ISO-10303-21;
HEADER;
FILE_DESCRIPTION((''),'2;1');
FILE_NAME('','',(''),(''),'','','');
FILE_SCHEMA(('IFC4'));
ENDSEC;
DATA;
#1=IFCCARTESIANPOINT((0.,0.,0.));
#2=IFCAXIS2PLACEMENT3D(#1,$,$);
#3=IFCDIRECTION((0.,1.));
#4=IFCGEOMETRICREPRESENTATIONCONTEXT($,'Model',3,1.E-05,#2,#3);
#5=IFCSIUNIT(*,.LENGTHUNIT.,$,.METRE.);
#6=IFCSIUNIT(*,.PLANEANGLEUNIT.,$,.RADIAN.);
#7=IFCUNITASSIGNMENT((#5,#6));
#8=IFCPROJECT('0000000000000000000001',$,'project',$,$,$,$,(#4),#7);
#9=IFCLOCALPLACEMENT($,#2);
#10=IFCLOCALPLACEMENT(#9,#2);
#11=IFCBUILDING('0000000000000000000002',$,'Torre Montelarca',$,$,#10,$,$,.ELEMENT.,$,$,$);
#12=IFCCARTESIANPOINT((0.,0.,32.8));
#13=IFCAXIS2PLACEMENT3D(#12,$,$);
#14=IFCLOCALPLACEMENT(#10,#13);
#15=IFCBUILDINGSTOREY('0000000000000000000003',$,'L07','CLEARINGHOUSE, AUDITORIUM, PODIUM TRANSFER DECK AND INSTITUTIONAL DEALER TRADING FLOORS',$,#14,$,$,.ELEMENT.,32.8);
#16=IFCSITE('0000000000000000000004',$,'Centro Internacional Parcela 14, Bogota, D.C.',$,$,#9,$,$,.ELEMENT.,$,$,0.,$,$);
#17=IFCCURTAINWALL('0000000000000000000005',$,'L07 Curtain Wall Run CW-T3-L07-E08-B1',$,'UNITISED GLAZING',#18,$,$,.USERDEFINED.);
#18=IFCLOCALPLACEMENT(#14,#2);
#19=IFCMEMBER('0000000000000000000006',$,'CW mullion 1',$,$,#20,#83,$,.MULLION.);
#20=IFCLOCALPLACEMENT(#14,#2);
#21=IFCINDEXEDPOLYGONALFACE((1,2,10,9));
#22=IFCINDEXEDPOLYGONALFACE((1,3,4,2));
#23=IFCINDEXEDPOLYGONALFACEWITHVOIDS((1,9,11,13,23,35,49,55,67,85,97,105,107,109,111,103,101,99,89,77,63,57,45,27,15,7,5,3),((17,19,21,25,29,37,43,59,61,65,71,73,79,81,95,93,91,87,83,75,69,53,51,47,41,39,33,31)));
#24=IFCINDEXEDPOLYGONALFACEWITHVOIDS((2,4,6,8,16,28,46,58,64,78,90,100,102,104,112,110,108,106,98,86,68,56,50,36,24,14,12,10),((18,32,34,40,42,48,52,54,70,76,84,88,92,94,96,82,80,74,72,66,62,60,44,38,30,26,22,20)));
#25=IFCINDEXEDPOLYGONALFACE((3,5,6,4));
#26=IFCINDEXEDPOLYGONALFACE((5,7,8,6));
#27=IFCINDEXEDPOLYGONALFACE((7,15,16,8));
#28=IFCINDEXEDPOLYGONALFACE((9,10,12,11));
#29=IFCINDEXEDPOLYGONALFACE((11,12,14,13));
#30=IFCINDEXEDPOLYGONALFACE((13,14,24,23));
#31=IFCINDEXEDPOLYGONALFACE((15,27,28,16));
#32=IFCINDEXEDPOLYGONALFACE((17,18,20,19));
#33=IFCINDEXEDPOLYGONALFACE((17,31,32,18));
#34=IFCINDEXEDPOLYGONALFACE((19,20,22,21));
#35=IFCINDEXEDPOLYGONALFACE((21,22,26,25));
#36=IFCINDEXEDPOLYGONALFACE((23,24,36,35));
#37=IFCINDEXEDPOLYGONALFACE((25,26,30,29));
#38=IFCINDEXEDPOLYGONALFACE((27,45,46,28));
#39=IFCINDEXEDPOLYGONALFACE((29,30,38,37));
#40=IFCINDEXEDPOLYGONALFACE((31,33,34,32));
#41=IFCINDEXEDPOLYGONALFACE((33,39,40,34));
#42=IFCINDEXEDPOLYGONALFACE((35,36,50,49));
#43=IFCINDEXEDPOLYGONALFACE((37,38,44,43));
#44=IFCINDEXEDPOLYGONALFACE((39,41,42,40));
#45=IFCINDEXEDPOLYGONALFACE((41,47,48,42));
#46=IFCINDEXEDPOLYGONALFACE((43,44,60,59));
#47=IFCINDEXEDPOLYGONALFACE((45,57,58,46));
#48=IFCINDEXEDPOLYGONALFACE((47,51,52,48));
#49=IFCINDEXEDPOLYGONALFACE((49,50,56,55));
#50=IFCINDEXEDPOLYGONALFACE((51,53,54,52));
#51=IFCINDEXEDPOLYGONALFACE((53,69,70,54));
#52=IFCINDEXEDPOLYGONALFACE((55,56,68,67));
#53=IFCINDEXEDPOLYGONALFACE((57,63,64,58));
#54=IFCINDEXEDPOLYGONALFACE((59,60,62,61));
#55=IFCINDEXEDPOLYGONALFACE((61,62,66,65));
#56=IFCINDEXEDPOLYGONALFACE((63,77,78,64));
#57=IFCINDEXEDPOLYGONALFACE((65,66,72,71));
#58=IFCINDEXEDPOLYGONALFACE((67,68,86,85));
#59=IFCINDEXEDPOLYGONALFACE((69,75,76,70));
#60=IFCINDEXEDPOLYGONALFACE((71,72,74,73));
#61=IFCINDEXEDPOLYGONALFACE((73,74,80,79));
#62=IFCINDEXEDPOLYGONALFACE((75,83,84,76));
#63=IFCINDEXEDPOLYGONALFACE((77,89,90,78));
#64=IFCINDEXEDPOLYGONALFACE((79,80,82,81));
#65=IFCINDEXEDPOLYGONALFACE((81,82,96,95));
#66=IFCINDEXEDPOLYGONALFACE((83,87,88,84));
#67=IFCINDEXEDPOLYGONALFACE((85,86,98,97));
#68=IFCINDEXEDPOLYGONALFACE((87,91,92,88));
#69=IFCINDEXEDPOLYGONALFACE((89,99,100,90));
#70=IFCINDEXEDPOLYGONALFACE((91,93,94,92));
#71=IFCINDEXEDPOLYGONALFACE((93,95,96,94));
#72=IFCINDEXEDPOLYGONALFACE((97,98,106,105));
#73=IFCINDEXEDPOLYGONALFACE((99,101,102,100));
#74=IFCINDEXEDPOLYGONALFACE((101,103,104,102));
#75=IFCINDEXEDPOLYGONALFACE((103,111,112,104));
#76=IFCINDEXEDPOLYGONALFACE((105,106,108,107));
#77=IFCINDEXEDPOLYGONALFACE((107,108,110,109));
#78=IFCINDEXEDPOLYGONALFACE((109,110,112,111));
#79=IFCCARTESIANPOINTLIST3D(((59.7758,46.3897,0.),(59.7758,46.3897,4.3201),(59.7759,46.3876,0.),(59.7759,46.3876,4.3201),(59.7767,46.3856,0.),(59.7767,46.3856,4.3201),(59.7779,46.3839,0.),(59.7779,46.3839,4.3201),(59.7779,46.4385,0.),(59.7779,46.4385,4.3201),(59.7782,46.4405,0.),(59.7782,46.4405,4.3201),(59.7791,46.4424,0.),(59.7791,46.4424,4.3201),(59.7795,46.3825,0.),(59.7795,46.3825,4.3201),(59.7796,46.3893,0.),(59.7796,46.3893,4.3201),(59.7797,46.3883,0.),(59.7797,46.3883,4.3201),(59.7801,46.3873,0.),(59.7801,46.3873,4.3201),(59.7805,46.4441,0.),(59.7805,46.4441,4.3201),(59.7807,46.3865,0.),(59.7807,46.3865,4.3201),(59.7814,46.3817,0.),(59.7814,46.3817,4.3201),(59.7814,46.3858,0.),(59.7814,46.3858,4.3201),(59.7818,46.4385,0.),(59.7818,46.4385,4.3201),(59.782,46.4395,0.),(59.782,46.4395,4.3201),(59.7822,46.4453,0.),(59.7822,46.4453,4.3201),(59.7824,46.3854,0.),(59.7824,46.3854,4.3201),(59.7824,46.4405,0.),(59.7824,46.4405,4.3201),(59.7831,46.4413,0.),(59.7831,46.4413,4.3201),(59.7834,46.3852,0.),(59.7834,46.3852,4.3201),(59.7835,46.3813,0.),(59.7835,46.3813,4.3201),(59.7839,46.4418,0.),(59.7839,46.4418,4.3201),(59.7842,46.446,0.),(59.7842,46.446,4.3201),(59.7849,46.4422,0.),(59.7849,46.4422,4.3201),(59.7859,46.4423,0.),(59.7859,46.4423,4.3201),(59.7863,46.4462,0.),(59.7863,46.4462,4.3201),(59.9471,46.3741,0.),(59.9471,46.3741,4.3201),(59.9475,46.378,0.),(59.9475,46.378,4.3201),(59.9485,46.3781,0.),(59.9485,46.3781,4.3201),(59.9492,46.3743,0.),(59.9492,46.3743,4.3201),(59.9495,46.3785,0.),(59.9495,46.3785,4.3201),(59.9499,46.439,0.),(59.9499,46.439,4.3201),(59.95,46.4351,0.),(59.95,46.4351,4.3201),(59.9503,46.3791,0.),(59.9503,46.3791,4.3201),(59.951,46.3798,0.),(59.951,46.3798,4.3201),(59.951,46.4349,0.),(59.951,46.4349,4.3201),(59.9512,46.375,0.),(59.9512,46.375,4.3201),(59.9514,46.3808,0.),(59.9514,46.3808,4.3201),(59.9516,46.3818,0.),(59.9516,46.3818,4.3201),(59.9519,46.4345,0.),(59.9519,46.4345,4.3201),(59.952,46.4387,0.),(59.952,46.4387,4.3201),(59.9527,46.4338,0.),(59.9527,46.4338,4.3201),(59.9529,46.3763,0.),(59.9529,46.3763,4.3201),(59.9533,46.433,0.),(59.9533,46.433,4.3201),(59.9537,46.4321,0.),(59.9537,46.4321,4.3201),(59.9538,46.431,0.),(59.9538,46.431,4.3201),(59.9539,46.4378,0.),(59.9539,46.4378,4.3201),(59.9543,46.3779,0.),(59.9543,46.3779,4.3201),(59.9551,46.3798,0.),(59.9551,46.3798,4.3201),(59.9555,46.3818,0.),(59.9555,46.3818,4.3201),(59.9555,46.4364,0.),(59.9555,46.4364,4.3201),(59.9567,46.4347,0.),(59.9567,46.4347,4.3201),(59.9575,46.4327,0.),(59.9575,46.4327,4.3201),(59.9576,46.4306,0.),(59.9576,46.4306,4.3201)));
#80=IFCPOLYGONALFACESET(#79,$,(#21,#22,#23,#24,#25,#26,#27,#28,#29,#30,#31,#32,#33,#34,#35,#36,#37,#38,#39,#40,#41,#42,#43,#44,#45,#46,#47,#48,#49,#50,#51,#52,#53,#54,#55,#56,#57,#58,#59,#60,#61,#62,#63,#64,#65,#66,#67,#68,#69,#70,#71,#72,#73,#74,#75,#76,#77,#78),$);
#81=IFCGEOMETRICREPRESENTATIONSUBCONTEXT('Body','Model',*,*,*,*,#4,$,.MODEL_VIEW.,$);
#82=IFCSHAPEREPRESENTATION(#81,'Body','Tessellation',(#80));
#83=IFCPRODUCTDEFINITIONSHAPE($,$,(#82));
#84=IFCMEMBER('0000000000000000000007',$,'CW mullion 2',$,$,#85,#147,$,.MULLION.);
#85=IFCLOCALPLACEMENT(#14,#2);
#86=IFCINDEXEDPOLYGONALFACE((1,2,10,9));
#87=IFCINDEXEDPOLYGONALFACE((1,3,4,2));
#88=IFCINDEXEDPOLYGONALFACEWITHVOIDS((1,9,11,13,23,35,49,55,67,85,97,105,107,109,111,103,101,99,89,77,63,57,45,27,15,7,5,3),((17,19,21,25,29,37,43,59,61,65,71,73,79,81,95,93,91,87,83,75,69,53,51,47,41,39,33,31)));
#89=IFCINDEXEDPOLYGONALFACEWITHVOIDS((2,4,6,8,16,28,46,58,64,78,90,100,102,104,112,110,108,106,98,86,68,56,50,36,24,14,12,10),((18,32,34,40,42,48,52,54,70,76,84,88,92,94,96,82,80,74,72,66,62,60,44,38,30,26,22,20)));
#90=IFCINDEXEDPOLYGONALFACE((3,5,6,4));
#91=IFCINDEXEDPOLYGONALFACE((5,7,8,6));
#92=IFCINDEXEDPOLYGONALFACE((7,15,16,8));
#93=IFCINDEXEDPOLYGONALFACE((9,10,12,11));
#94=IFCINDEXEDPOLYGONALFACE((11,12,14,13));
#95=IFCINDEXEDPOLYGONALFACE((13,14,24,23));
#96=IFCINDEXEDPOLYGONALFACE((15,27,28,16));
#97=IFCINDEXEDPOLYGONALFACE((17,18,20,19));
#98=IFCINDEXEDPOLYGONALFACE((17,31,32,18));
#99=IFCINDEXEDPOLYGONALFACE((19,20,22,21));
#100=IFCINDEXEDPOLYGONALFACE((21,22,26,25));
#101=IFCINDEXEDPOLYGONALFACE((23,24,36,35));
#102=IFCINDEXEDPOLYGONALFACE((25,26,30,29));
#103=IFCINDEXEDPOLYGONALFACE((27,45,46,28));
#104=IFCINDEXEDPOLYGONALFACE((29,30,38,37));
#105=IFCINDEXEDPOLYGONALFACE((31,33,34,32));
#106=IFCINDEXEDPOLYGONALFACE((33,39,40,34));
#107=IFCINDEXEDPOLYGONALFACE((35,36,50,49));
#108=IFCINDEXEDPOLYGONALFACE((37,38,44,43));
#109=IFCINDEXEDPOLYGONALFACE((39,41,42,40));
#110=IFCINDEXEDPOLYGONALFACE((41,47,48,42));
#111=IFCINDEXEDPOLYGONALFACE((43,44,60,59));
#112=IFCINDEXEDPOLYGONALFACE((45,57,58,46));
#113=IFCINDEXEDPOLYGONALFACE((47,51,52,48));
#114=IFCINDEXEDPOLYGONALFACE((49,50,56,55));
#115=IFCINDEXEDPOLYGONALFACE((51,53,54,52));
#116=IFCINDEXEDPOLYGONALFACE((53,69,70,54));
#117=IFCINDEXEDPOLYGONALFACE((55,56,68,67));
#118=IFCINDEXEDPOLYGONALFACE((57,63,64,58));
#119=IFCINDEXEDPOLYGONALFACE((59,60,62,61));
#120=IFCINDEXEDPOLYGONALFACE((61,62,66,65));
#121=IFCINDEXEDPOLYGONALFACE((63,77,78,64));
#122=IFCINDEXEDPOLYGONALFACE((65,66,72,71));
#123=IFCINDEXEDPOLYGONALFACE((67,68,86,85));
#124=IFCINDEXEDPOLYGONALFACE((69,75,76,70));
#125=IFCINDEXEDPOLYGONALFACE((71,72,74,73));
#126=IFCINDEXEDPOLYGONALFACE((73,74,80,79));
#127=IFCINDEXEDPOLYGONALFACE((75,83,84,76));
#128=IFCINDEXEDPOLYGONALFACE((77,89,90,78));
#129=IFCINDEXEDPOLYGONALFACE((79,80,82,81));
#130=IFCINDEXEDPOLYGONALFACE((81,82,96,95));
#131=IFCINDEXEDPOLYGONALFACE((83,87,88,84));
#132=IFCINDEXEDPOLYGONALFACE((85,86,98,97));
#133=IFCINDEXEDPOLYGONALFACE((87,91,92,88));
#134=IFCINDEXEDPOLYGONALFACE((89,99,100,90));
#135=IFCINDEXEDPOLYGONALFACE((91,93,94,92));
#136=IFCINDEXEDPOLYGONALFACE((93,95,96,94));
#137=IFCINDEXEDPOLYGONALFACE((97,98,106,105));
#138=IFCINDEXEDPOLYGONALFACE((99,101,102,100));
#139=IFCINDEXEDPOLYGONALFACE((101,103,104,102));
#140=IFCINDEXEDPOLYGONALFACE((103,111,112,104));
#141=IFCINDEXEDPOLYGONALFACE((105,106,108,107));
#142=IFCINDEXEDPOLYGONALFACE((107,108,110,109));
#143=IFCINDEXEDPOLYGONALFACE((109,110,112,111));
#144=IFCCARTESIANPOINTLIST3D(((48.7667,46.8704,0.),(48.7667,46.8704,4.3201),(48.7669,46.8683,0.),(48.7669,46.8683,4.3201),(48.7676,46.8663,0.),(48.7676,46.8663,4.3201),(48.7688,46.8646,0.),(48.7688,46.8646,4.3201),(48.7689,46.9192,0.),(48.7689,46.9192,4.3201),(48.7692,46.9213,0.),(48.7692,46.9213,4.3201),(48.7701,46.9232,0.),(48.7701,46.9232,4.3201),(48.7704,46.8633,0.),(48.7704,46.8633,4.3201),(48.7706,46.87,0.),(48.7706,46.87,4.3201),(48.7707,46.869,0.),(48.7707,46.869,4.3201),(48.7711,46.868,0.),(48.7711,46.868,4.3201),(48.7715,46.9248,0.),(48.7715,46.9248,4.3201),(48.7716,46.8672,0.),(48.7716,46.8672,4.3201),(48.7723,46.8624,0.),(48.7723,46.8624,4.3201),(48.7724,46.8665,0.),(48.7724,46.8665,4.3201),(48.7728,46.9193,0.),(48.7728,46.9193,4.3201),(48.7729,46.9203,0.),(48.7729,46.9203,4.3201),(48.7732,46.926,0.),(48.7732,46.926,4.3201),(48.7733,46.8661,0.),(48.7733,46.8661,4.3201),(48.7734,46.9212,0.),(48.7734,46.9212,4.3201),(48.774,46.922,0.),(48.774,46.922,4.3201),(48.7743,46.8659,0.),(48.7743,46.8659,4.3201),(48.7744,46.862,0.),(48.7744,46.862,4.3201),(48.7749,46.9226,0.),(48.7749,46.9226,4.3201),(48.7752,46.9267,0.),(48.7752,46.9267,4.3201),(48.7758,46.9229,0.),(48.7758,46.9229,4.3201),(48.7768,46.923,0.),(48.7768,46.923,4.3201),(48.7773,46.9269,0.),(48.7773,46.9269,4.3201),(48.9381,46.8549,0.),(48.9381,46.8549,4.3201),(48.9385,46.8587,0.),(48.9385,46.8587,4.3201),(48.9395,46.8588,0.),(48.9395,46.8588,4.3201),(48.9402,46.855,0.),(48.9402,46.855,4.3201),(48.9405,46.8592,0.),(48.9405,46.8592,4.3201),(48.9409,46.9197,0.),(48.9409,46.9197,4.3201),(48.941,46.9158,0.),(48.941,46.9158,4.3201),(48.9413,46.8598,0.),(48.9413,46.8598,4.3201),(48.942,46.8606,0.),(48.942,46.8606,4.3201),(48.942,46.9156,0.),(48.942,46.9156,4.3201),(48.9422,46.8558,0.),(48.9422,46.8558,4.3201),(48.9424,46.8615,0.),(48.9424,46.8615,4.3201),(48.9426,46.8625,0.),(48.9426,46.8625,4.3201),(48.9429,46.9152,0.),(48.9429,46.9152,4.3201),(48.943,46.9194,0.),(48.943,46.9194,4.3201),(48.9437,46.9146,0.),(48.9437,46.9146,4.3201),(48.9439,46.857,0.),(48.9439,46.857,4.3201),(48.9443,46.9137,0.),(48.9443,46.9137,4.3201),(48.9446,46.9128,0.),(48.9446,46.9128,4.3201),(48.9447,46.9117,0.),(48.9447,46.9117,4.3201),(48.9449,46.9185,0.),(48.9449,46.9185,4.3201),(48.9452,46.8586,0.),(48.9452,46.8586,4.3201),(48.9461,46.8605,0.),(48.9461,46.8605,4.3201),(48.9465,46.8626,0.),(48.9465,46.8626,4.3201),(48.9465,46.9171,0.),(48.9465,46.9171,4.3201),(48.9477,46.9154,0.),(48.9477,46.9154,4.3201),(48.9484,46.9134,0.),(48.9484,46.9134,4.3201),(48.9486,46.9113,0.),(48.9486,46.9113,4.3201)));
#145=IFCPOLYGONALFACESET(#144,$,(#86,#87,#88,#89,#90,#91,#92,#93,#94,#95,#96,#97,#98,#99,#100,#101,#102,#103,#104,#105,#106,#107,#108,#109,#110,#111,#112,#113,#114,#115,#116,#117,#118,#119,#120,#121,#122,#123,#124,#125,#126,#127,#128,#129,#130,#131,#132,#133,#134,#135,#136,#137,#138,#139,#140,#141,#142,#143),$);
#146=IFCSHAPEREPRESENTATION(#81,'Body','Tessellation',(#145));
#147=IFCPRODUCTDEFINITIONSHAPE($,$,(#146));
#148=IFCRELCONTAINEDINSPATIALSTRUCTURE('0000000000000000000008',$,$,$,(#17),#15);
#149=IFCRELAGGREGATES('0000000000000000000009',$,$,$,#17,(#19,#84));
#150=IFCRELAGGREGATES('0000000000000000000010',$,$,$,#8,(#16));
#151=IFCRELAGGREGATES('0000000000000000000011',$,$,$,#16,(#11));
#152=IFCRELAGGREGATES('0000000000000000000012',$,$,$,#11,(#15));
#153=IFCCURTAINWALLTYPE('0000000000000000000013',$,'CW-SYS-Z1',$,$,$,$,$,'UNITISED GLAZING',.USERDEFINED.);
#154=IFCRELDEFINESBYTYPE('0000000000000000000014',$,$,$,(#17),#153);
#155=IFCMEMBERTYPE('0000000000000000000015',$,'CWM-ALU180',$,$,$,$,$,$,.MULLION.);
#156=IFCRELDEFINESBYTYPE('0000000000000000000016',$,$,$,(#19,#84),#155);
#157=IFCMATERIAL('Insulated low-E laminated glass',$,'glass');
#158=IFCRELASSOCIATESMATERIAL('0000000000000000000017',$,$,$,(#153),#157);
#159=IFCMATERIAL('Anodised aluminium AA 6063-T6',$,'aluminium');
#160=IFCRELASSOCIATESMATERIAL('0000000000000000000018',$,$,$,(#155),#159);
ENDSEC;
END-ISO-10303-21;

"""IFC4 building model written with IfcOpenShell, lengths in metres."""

from ifc_helpers import new_model, si_unit, direction, frame, origin, origin_2d, place, context, subcontext, project, spatial, hollow_rectangle, extrude, source, transform, mapped, material, material_profile, profile_set, type_object, element, aggregate, save


model = new_model("IFC4")

# Units and contexts
model_context = context("Model", 3, precision=1e-05, world=origin(), true_north=direction((0.0, 1.0)))
body_context = subcontext(model_context, "Body", "Model", "MODEL_VIEW")
ifc_project = project(units=[si_unit("LENGTHUNIT", "METRE"), si_unit("PLANEANGLEUNIT", "RADIAN")], contexts=[model_context])

# Site, building, storey
site_placement = place(None, origin())
site = spatial("IfcSite", under=ifc_project, at=site_placement, Name="Centro Internacional Parcela 14, Bogota, D.C.", CompositionType="ELEMENT", RefElevation=0.0)
building_placement = place(site_placement, origin())
building = spatial("IfcBuilding", under=site, at=building_placement, Name="Torre Montelarca", CompositionType="ELEMENT")
storey_placement = place(building_placement, frame((0.0, 0.0, 32.8)))
storey = spatial("IfcBuildingStorey", under=building, at=storey_placement, Name="L07", Description="CLEARINGHOUSE, AUDITORIUM, PODIUM TRANSFER DECK AND INSTITUTIONAL DEALER TRADING FLOORS", CompositionType="ELEMENT", Elevation=32.8)

# Shared definitions
ifc_material_1 = material(Name="Insulated low-E laminated glass", Category="glass")
curtain_wall_type = type_object("IfcCurtainWallType", Name="CW-SYS-Z1", ElementType="UNITISED GLAZING", PredefinedType="USERDEFINED", material=ifc_material_1)
ifc_material_2 = material(Name="Anodised aluminium AA 6063-T6", Category="aluminium")
ifc_material_profile_1 = material_profile(ifc_material_2, hollow_rectangle(XDim=0.0649, YDim=0.1799, WallThickness=0.0039, InnerFilletRadius=0.0039, OuterFilletRadius=0.0081, at=origin_2d()), Name="ALU65X180X4", Category="aluminium")
ifc_profile_set_1 = profile_set([ifc_material_profile_1], Name="Anodised aluminium AA 6063-T6")
member_type_1 = type_object("IfcMemberType", Name="CWM-ALU180", PredefinedType="MULLION", material=ifc_profile_set_1)
shared_shape_1 = source(origin(), body_context, "Body", "SweptSolid", [
    extrude(hollow_rectangle(XDim=0.0649, YDim=0.1799, WallThickness=0.0039, InnerFilletRadius=0.0039, OuterFilletRadius=0.0081, at=origin_2d()), origin(), (0.0, 0.0, 1.0), 4.3201),
])

# Curtain wall, members
curtain_wall_1_placement = place(storey_placement, origin())
curtain_wall_1 = element("IfcCurtainWall", 1, at=curtain_wall_1_placement, inside=storey, type_object=curtain_wall_type, Name="L07 Curtain Wall Run CW-T3-L07-E08-B1", ObjectType="UNITISED GLAZING", PredefinedType="USERDEFINED")
member_1_placement = place(storey_placement, frame((59.8667, 46.4102, 0.0), z_axis=(0.0, 0.0, 1.0), x_axis=(-0.043621, -0.999048, 0.0)))
member_1 = element("IfcMember", 2, at=member_1_placement, type_object=member_type_1, Name="CW mullion 1", PredefinedType="MULLION", context=body_context, shape_type="MappedRepresentation", body=[
    mapped(shared_shape_1, transform((0.0, 0.0, 0.0), scale=1.0)),
])
member_2_placement = place(storey_placement, frame((48.8577, 46.8909, 0.0), z_axis=(0.0, 0.0, 1.0), x_axis=(-0.043621, -0.999048, 0.0)))
member_2 = element("IfcMember", 3, at=member_2_placement, type_object=member_type_1, Name="CW mullion 2", PredefinedType="MULLION", context=body_context, shape_type="MappedRepresentation", body=[
    mapped(shared_shape_1, transform((0.0, 0.0, 0.0), scale=1.0)),
])
aggregate(curtain_wall_1, [member_1, member_2])

save(model, "model.ifc")
